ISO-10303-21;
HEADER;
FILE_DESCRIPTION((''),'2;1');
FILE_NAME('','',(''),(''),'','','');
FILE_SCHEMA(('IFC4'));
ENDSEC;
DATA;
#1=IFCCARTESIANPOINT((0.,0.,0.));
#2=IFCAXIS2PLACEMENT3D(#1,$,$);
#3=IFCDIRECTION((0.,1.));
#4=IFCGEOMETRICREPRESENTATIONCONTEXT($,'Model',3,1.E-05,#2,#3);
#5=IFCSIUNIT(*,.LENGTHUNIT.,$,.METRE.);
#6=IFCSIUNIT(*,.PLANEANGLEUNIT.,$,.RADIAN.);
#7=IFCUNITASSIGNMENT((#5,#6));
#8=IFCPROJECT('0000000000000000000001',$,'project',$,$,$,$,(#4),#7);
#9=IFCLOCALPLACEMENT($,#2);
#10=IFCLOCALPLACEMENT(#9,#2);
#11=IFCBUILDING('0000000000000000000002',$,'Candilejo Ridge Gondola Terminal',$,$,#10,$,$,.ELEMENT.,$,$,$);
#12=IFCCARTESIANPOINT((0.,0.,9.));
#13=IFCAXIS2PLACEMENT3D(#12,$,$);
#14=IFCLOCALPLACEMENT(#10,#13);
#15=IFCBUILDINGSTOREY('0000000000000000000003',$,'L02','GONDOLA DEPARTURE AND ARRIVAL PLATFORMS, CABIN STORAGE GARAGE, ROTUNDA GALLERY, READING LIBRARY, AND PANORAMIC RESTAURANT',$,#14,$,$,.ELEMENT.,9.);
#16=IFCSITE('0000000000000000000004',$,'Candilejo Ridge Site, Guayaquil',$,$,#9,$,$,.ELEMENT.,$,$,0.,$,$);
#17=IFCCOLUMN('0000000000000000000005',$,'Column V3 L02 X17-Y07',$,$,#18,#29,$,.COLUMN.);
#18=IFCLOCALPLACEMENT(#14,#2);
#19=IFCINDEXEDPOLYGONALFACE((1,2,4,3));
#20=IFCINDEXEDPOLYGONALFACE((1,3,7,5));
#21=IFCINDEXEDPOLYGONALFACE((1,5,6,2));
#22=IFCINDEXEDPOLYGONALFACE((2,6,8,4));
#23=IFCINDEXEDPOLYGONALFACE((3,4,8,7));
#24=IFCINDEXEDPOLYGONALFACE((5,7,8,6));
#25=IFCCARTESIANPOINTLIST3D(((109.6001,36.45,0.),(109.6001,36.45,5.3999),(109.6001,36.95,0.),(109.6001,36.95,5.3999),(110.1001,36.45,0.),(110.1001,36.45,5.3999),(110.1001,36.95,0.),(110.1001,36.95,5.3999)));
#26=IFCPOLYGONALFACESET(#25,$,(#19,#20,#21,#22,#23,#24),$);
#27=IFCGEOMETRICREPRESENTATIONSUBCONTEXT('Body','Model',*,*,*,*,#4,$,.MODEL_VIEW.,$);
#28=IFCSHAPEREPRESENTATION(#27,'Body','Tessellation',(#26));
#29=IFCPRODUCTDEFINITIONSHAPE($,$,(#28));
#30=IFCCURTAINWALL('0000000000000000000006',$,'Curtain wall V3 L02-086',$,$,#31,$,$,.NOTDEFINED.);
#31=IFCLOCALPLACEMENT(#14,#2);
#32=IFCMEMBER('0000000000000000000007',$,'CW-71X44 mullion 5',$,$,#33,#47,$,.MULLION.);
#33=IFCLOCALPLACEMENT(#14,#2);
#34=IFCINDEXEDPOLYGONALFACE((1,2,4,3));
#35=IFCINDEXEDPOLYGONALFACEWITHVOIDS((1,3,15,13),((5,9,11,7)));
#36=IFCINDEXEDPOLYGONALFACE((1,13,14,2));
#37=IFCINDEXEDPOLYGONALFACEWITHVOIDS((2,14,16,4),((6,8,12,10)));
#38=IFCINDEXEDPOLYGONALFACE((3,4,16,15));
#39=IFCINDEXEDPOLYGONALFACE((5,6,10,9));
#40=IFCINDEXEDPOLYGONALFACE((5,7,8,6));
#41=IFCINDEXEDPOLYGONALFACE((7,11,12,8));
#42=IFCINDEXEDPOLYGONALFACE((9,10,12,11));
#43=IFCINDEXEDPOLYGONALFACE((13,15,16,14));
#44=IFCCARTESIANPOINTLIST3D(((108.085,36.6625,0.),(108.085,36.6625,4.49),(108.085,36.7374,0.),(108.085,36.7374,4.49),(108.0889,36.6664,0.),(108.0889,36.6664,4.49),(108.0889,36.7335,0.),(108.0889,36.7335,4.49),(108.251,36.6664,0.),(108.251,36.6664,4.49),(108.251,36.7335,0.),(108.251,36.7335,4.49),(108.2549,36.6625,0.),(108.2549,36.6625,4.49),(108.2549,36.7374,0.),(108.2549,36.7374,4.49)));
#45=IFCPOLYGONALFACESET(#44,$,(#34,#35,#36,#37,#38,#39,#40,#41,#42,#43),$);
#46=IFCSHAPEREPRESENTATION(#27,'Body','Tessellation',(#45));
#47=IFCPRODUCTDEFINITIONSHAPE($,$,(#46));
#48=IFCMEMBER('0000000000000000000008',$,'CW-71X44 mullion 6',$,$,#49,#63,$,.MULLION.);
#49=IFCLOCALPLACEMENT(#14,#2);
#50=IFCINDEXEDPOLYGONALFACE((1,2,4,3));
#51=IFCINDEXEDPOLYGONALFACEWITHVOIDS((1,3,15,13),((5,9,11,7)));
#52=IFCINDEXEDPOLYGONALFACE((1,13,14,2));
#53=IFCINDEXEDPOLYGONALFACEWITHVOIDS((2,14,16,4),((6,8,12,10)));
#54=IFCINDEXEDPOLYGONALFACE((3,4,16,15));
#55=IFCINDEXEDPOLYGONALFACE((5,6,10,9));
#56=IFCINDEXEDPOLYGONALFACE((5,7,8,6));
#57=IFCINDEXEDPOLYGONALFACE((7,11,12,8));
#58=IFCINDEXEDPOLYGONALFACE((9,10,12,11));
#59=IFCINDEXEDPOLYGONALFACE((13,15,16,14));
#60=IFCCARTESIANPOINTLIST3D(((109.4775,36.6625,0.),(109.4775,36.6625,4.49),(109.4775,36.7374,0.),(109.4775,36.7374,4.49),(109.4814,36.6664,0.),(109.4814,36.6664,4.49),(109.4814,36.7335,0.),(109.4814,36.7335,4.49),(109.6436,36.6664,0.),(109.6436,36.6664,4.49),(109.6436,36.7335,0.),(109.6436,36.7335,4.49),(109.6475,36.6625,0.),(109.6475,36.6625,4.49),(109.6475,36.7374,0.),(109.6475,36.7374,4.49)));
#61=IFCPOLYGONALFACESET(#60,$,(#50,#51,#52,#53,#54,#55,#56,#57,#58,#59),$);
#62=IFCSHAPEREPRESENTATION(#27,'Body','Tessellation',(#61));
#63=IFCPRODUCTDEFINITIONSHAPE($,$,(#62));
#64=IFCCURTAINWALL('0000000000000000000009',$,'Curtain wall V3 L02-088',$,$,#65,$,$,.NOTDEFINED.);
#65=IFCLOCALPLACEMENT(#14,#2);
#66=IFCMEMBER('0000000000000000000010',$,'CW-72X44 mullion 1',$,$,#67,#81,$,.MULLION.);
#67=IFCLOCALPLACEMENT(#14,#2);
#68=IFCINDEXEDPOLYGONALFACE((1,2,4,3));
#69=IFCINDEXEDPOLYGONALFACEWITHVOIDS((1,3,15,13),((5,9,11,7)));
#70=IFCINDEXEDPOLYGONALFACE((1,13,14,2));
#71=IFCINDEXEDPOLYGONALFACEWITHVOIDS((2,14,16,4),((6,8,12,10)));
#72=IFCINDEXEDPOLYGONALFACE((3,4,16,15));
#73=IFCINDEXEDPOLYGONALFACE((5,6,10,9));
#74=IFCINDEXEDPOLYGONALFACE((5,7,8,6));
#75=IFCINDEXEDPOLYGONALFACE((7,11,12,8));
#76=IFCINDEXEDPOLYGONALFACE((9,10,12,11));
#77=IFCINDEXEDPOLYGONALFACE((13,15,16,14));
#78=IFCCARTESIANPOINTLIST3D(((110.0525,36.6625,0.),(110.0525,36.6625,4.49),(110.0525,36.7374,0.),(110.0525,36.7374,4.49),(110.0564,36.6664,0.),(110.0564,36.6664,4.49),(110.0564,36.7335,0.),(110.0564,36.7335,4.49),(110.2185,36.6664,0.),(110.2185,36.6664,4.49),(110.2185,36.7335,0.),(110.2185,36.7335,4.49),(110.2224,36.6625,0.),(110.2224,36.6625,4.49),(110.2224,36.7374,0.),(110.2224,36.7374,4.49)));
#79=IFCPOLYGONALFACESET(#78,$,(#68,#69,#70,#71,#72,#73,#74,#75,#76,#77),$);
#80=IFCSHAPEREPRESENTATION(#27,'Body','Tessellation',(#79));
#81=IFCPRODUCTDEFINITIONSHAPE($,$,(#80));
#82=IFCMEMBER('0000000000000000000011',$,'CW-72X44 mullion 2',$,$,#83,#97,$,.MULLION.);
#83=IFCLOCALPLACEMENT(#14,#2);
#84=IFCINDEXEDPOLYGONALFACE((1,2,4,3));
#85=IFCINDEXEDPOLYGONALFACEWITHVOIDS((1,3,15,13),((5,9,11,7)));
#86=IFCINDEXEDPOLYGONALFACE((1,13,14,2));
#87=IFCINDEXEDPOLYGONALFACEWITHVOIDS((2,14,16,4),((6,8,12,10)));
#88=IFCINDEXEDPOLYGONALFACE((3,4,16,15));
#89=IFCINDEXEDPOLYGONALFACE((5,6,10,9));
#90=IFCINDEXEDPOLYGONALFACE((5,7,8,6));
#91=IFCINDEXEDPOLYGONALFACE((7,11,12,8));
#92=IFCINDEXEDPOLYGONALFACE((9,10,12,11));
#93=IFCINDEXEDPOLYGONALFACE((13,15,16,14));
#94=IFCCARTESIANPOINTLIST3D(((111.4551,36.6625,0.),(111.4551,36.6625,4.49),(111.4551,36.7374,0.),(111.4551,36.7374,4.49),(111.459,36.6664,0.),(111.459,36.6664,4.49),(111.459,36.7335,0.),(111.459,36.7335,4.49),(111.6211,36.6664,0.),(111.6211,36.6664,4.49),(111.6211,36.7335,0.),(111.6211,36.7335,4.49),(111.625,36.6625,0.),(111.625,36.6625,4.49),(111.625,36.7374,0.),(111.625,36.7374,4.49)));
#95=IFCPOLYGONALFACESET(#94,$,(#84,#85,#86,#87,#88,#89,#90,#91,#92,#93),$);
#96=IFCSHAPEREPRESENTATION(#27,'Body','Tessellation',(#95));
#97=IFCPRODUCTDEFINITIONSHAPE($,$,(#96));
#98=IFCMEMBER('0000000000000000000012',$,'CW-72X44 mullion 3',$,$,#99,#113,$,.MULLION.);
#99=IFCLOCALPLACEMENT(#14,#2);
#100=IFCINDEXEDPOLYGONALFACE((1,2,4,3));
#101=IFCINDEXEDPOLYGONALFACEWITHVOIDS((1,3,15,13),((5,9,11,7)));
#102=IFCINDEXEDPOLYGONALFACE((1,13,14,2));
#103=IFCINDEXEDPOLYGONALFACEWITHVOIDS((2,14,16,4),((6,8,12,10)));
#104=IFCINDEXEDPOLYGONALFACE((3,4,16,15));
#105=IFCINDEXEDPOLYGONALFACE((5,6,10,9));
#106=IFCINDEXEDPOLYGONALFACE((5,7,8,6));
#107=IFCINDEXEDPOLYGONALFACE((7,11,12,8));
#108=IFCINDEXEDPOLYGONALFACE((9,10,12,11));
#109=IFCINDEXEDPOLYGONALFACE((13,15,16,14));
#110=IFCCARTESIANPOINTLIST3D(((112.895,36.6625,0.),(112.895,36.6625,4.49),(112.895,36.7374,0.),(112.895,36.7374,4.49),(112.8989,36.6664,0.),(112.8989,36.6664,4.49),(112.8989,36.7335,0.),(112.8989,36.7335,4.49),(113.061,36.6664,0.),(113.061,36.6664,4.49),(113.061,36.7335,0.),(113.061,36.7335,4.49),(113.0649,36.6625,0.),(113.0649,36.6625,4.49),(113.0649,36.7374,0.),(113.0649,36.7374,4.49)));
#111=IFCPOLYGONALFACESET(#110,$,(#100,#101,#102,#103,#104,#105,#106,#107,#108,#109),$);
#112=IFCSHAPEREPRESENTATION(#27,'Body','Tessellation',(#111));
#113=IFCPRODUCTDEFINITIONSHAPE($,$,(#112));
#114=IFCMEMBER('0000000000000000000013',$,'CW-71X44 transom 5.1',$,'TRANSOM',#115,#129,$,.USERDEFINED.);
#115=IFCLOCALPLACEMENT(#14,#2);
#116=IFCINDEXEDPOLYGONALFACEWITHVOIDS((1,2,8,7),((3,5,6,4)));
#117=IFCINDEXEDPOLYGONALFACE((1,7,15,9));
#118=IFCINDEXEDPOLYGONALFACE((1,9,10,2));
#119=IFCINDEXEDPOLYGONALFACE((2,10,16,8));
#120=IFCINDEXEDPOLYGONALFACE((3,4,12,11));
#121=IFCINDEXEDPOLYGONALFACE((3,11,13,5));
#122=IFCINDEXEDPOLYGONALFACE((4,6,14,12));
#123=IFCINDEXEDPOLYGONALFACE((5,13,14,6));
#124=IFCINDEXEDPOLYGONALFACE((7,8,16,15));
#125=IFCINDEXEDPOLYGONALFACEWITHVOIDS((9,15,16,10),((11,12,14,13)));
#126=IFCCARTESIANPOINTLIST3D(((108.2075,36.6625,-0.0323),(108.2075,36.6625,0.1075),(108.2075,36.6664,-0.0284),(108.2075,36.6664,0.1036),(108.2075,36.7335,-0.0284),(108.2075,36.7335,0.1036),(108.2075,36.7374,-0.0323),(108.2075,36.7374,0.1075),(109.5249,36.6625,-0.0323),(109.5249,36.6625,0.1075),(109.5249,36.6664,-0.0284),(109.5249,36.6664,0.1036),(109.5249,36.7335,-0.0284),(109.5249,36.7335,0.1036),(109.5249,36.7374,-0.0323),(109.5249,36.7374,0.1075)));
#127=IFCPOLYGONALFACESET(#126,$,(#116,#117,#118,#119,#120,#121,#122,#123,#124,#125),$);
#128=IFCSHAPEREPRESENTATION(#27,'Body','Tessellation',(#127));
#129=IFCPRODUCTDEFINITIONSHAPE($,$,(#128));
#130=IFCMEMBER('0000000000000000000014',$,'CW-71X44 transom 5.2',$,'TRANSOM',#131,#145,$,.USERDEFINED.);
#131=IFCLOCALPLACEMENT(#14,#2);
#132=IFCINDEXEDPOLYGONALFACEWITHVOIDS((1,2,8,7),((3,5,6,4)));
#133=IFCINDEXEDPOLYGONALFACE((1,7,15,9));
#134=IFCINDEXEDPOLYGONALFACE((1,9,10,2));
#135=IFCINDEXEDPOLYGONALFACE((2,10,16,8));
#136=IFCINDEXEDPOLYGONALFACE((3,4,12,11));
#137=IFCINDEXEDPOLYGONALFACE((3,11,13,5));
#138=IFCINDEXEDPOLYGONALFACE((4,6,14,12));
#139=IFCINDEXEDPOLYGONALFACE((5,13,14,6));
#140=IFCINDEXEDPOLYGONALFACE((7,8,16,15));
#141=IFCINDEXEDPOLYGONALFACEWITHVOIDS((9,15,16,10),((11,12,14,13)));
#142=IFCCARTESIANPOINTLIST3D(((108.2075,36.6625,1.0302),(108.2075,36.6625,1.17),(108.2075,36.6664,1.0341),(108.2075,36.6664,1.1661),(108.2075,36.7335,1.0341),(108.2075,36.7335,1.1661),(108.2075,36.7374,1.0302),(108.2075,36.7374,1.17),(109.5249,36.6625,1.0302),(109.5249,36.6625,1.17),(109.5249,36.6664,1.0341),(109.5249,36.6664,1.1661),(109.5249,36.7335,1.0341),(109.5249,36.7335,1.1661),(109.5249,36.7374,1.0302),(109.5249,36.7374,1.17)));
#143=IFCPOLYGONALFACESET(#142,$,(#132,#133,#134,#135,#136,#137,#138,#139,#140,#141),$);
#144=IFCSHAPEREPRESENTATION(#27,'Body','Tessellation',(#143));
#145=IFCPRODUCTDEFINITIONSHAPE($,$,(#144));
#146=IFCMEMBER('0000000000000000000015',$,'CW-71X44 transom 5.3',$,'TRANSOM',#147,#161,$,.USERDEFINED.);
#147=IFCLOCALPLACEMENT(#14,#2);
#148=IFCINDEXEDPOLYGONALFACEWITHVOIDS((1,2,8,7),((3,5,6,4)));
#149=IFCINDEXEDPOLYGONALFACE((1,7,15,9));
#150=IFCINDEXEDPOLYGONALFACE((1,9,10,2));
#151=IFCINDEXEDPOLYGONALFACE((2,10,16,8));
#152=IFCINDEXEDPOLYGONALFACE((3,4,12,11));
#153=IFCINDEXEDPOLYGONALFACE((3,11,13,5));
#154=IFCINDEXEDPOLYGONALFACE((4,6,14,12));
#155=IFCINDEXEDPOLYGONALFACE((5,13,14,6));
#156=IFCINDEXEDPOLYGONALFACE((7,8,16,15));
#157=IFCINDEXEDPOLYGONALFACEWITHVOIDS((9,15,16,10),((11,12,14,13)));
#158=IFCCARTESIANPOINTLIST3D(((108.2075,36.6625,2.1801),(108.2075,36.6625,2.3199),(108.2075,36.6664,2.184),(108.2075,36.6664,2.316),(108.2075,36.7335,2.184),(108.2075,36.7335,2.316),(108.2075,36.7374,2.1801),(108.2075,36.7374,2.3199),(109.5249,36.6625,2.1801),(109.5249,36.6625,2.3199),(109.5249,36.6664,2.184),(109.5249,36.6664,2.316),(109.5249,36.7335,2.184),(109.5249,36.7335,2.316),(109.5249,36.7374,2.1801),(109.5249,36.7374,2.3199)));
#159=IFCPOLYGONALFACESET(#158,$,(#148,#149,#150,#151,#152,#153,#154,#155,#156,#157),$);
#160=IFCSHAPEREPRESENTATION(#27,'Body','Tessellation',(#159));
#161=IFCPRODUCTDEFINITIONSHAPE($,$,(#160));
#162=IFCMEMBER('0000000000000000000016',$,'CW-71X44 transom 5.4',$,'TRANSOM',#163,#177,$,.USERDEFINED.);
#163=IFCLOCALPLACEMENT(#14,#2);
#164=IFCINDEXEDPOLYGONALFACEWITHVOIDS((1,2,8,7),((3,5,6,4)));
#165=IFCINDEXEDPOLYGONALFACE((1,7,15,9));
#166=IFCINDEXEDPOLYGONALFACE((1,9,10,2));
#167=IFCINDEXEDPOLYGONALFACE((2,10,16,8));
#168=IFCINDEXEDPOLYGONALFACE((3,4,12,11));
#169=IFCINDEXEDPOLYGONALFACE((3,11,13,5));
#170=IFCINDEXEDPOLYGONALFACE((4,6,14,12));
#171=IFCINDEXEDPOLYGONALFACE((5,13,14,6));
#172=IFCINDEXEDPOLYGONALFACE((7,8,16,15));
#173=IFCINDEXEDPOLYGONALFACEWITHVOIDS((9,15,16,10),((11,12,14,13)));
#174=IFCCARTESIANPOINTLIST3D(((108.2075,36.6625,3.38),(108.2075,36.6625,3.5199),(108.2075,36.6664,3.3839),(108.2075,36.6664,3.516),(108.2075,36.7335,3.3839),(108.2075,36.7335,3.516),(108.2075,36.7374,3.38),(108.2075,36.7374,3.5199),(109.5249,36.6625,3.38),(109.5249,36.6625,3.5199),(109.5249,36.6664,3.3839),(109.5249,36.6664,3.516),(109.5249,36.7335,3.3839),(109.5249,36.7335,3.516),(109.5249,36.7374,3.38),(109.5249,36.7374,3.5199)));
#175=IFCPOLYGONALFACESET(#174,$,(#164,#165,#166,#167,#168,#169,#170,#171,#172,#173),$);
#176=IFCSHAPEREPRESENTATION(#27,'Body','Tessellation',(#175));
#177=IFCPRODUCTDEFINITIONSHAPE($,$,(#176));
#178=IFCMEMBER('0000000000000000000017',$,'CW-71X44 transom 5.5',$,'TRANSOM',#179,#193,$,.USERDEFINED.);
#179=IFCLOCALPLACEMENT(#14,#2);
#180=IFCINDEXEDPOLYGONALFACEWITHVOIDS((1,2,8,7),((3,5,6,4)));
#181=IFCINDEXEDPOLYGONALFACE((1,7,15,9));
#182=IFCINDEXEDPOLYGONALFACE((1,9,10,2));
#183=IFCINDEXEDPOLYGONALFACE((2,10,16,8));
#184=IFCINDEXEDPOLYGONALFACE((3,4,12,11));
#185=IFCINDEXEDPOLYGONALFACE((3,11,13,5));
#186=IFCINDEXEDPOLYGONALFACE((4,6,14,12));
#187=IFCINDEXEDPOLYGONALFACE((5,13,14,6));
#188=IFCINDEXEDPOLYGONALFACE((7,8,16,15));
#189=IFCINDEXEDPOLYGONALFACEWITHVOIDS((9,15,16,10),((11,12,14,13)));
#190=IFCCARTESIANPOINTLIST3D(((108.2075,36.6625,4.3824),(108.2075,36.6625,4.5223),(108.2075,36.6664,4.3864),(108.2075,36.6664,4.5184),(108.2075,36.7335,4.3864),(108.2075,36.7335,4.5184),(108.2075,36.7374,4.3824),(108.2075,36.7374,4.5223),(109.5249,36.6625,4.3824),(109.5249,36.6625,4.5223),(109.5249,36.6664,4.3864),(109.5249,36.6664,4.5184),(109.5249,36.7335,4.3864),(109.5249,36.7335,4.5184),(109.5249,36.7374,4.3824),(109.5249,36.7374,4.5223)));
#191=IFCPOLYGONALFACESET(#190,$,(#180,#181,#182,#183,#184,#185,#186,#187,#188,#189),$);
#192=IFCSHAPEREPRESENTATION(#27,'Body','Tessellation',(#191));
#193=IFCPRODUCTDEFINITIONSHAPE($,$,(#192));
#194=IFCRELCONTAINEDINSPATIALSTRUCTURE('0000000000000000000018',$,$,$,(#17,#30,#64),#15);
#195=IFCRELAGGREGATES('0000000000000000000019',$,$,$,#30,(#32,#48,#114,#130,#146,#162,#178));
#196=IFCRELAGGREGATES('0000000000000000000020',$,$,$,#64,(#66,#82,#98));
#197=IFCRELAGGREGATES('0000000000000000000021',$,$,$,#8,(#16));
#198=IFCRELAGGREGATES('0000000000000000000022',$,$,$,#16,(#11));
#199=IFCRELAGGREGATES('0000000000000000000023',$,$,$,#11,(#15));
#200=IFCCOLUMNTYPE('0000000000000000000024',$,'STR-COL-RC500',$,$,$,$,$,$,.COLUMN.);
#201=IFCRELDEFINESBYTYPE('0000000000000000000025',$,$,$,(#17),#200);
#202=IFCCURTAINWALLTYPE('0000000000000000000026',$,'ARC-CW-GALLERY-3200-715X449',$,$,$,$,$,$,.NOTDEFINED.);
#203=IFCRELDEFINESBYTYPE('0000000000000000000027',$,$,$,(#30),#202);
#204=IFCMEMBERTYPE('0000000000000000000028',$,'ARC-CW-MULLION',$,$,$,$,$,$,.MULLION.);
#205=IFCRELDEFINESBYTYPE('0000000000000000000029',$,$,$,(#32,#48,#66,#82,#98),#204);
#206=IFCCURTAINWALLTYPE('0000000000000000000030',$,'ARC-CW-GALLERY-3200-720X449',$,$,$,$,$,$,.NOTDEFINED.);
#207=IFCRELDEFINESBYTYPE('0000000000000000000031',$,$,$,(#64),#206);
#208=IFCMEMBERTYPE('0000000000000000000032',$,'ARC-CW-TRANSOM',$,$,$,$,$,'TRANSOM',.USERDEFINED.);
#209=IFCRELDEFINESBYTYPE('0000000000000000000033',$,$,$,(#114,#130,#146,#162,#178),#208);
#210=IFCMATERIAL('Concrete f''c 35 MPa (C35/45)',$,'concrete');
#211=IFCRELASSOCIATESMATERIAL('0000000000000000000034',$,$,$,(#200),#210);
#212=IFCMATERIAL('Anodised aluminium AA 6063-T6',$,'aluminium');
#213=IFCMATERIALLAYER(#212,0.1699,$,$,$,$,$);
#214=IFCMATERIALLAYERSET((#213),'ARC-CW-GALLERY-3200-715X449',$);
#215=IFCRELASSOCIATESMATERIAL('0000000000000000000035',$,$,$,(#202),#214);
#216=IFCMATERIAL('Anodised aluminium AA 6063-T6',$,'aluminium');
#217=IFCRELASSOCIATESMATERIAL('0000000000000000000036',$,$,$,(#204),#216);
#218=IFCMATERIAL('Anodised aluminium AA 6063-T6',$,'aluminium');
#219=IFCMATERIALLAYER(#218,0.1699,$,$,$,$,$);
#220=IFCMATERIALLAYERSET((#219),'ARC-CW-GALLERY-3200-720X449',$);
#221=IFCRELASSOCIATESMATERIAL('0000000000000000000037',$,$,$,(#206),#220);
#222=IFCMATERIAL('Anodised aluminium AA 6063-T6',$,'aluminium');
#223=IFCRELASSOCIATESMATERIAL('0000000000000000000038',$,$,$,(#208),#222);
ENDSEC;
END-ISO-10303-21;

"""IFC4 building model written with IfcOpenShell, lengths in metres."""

from ifc_helpers import new_model, si_unit, direction, frame, origin, origin_2d, place, context, subcontext, project, spatial, rectangle, hollow_rectangle, extrude, material, layer, layer_set, material_profile, profile_set, type_object, element, aggregate, save


model = new_model("IFC4")

# Units and contexts
model_context = context("Model", 3, precision=1e-05, world=origin(), true_north=direction((0.0, 1.0)))
body_context = subcontext(model_context, "Body", "Model", "MODEL_VIEW")
ifc_project = project(units=[si_unit("LENGTHUNIT", "METRE"), si_unit("PLANEANGLEUNIT", "RADIAN")], contexts=[model_context])

# Site, building, storey
site_placement = place(None, origin())
site = spatial("IfcSite", under=ifc_project, at=site_placement, Name="Candilejo Ridge Site, Guayaquil", CompositionType="ELEMENT", RefElevation=0.0)
building_placement = place(site_placement, origin())
building = spatial("IfcBuilding", under=site, at=building_placement, Name="Candilejo Ridge Gondola Terminal", CompositionType="ELEMENT")
storey_placement = place(building_placement, frame((0.0, 0.0, 9.0)))
storey = spatial("IfcBuildingStorey", under=building, at=storey_placement, Name="L02", Description="GONDOLA DEPARTURE AND ARRIVAL PLATFORMS, CABIN STORAGE GARAGE, ROTUNDA GALLERY, READING LIBRARY, AND PANORAMIC RESTAURANT", CompositionType="ELEMENT", Elevation=9.0)

# Column
ifc_material_1 = material(Name="Concrete f'c 35 MPa (C35/45)", Category="concrete")
ifc_material_profile_1 = material_profile(ifc_material_1, rectangle(XDim=0.5, YDim=0.5, at=origin_2d()))
ifc_profile_set_1 = profile_set([ifc_material_profile_1], Name="Concrete f'c 35 MPa (C35/45)")
column_type = type_object("IfcColumnType", Name="STR-COL-RC500", PredefinedType="COLUMN", material=ifc_profile_set_1)
column_placement = place(storey_placement, frame((109.8501, 36.7, 0.0), z_axis=(0.0, 0.0, 1.0), x_axis=(1.0, 0.0, 0.0)))
element("IfcColumn", 1, at=column_placement, inside=storey, type_object=column_type, Name="Column V3 L02 X17-Y07", PredefinedType="COLUMN", context=body_context, shape_type="SweptSolid", body=[
    extrude(rectangle(XDim=0.5, YDim=0.5, at=origin_2d()), origin(), (0.0, 0.0, 1.0), 5.3999),
])

# Curtain walls, members
ifc_material_2 = material(Name="Anodised aluminium AA 6063-T6", Category="aluminium")
ifc_layer_1 = layer(ifc_material_2, 0.1699)
ifc_layer_set_1 = layer_set([ifc_layer_1], Name="ARC-CW-GALLERY-3200-715X449")
curtain_wall_type_1 = type_object("IfcCurtainWallType", Name="ARC-CW-GALLERY-3200-715X449", PredefinedType="NOTDEFINED", material=ifc_layer_set_1)
curtain_wall_1_placement = place(storey_placement, origin())
curtain_wall_1 = element("IfcCurtainWall", 2, at=curtain_wall_1_placement, inside=storey, type_object=curtain_wall_type_1, Name="Curtain wall V3 L02-086", PredefinedType="NOTDEFINED")
ifc_material_3 = material(Name="Anodised aluminium AA 6063-T6", Category="aluminium")
ifc_material_profile_2 = material_profile(ifc_material_3, hollow_rectangle(XDim=0.075, YDim=0.1699, WallThickness=0.0039, at=origin_2d()))
ifc_profile_set_2 = profile_set([ifc_material_profile_2], Name="Anodised aluminium AA 6063-T6")
member_type_1 = type_object("IfcMemberType", Name="ARC-CW-MULLION", PredefinedType="MULLION", material=ifc_profile_set_2)
member_1_placement = place(storey_placement, frame((108.1699, 36.7, 0.0), z_axis=(0.0, 0.0, 1.0), x_axis=(0.0, 1.0, 0.0)))
member_1 = element("IfcMember", 3, at=member_1_placement, type_object=member_type_1, Name="CW-71X44 mullion 5", PredefinedType="MULLION", context=body_context, shape_type="SweptSolid", body=[
    extrude(hollow_rectangle(XDim=0.075, YDim=0.1699, WallThickness=0.0039, at=origin_2d()), origin(), (0.0, 0.0, 1.0), 4.49),
])
member_2_placement = place(storey_placement, frame((109.5625, 36.7, 0.0), z_axis=(0.0, 0.0, 1.0), x_axis=(0.0, 1.0, 0.0)))
member_2 = element("IfcMember", 4, at=member_2_placement, type_object=member_type_1, Name="CW-71X44 mullion 6", PredefinedType="MULLION", context=body_context, shape_type="SweptSolid", body=[
    extrude(hollow_rectangle(XDim=0.075, YDim=0.1699, WallThickness=0.0039, at=origin_2d()), origin(), (0.0, 0.0, 1.0), 4.49),
])
ifc_material_4 = material(Name="Anodised aluminium AA 6063-T6", Category="aluminium")
ifc_layer_2 = layer(ifc_material_4, 0.1699)
ifc_layer_set_2 = layer_set([ifc_layer_2], Name="ARC-CW-GALLERY-3200-720X449")
curtain_wall_type_2 = type_object("IfcCurtainWallType", Name="ARC-CW-GALLERY-3200-720X449", PredefinedType="NOTDEFINED", material=ifc_layer_set_2)
curtain_wall_2_placement = place(storey_placement, origin())
curtain_wall_2 = element("IfcCurtainWall", 5, at=curtain_wall_2_placement, inside=storey, type_object=curtain_wall_type_2, Name="Curtain wall V3 L02-088", PredefinedType="NOTDEFINED")
member_3_placement = place(storey_placement, frame((110.1375, 36.7, 0.0), z_axis=(0.0, 0.0, 1.0), x_axis=(0.0, 1.0, 0.0)))
member_3 = element("IfcMember", 6, at=member_3_placement, type_object=member_type_1, Name="CW-72X44 mullion 1", PredefinedType="MULLION", context=body_context, shape_type="SweptSolid", body=[
    extrude(hollow_rectangle(XDim=0.075, YDim=0.1699, WallThickness=0.0039, at=origin_2d()), origin(), (0.0, 0.0, 1.0), 4.49),
])
member_4_placement = place(storey_placement, frame((111.54, 36.7, 0.0), z_axis=(0.0, 0.0, 1.0), x_axis=(0.0, 1.0, 0.0)))
member_4 = element("IfcMember", 7, at=member_4_placement, type_object=member_type_1, Name="CW-72X44 mullion 2", PredefinedType="MULLION", context=body_context, shape_type="SweptSolid", body=[
    extrude(hollow_rectangle(XDim=0.075, YDim=0.1699, WallThickness=0.0039, at=origin_2d()), origin(), (0.0, 0.0, 1.0), 4.49),
])
member_5_placement = place(storey_placement, frame((112.98, 36.7, 0.0), z_axis=(0.0, 0.0, 1.0), x_axis=(0.0, 1.0, 0.0)))
member_5 = element("IfcMember", 8, at=member_5_placement, type_object=member_type_1, Name="CW-72X44 mullion 3", PredefinedType="MULLION", context=body_context, shape_type="SweptSolid", body=[
    extrude(hollow_rectangle(XDim=0.075, YDim=0.1699, WallThickness=0.0039, at=origin_2d()), origin(), (0.0, 0.0, 1.0), 4.49),
])

# Members
ifc_material_5 = material(Name="Anodised aluminium AA 6063-T6", Category="aluminium")
ifc_material_profile_3 = material_profile(ifc_material_5, hollow_rectangle(XDim=0.075, YDim=0.1399, WallThickness=0.0039, at=origin_2d()))
ifc_profile_set_3 = profile_set([ifc_material_profile_3], Name="Anodised aluminium AA 6063-T6")
member_type_2 = type_object("IfcMemberType", Name="ARC-CW-TRANSOM", ElementType="TRANSOM", PredefinedType="USERDEFINED", material=ifc_profile_set_3)
member_6_placement = place(storey_placement, frame((108.2075, 36.7, 0.0376), z_axis=(1.0, 0.0, 0.0), x_axis=(0.0, 1.0, 0.0)))
member_6 = element("IfcMember", 9, at=member_6_placement, type_object=member_type_2, Name="CW-71X44 transom 5.1", ObjectType="TRANSOM", PredefinedType="USERDEFINED", context=body_context, shape_type="SweptSolid", body=[
    extrude(hollow_rectangle(XDim=0.075, YDim=0.1399, WallThickness=0.0039, at=origin_2d()), origin(), (0.0, 0.0, 1.0), 1.3174),
])
member_7_placement = place(storey_placement, frame((108.2075, 36.7, 1.1001), z_axis=(1.0, 0.0, 0.0), x_axis=(0.0, 1.0, 0.0)))
member_7 = element("IfcMember", 10, at=member_7_placement, type_object=member_type_2, Name="CW-71X44 transom 5.2", ObjectType="TRANSOM", PredefinedType="USERDEFINED", context=body_context, shape_type="SweptSolid", body=[
    extrude(hollow_rectangle(XDim=0.075, YDim=0.1399, WallThickness=0.0039, at=origin_2d()), origin(), (0.0, 0.0, 1.0), 1.3174),
])
member_8_placement = place(storey_placement, frame((108.2075, 36.7, 2.25), z_axis=(1.0, 0.0, 0.0), x_axis=(0.0, 1.0, 0.0)))
member_8 = element("IfcMember", 11, at=member_8_placement, type_object=member_type_2, Name="CW-71X44 transom 5.3", ObjectType="TRANSOM", PredefinedType="USERDEFINED", context=body_context, shape_type="SweptSolid", body=[
    extrude(hollow_rectangle(XDim=0.075, YDim=0.1399, WallThickness=0.0039, at=origin_2d()), origin(), (0.0, 0.0, 1.0), 1.3174),
])
member_9_placement = place(storey_placement, frame((108.2075, 36.7, 3.45), z_axis=(1.0, 0.0, 0.0), x_axis=(0.0, 1.0, 0.0)))
member_9 = element("IfcMember", 12, at=member_9_placement, type_object=member_type_2, Name="CW-71X44 transom 5.4", ObjectType="TRANSOM", PredefinedType="USERDEFINED", context=body_context, shape_type="SweptSolid", body=[
    extrude(hollow_rectangle(XDim=0.075, YDim=0.1399, WallThickness=0.0039, at=origin_2d()), origin(), (0.0, 0.0, 1.0), 1.3174),
])
member_10_placement = place(storey_placement, frame((108.2075, 36.7, 4.4524), z_axis=(1.0, 0.0, 0.0), x_axis=(0.0, 1.0, 0.0)))
member_10 = element("IfcMember", 13, at=member_10_placement, type_object=member_type_2, Name="CW-71X44 transom 5.5", ObjectType="TRANSOM", PredefinedType="USERDEFINED", context=body_context, shape_type="SweptSolid", body=[
    extrude(hollow_rectangle(XDim=0.075, YDim=0.1399, WallThickness=0.0039, at=origin_2d()), origin(), (0.0, 0.0, 1.0), 1.3174),
])

aggregate(curtain_wall_1, [member_1, member_2, member_6, member_7, member_8, member_9, member_10])
aggregate(curtain_wall_2, [member_3, member_4, member_5])

save(model, "model.ifc")
